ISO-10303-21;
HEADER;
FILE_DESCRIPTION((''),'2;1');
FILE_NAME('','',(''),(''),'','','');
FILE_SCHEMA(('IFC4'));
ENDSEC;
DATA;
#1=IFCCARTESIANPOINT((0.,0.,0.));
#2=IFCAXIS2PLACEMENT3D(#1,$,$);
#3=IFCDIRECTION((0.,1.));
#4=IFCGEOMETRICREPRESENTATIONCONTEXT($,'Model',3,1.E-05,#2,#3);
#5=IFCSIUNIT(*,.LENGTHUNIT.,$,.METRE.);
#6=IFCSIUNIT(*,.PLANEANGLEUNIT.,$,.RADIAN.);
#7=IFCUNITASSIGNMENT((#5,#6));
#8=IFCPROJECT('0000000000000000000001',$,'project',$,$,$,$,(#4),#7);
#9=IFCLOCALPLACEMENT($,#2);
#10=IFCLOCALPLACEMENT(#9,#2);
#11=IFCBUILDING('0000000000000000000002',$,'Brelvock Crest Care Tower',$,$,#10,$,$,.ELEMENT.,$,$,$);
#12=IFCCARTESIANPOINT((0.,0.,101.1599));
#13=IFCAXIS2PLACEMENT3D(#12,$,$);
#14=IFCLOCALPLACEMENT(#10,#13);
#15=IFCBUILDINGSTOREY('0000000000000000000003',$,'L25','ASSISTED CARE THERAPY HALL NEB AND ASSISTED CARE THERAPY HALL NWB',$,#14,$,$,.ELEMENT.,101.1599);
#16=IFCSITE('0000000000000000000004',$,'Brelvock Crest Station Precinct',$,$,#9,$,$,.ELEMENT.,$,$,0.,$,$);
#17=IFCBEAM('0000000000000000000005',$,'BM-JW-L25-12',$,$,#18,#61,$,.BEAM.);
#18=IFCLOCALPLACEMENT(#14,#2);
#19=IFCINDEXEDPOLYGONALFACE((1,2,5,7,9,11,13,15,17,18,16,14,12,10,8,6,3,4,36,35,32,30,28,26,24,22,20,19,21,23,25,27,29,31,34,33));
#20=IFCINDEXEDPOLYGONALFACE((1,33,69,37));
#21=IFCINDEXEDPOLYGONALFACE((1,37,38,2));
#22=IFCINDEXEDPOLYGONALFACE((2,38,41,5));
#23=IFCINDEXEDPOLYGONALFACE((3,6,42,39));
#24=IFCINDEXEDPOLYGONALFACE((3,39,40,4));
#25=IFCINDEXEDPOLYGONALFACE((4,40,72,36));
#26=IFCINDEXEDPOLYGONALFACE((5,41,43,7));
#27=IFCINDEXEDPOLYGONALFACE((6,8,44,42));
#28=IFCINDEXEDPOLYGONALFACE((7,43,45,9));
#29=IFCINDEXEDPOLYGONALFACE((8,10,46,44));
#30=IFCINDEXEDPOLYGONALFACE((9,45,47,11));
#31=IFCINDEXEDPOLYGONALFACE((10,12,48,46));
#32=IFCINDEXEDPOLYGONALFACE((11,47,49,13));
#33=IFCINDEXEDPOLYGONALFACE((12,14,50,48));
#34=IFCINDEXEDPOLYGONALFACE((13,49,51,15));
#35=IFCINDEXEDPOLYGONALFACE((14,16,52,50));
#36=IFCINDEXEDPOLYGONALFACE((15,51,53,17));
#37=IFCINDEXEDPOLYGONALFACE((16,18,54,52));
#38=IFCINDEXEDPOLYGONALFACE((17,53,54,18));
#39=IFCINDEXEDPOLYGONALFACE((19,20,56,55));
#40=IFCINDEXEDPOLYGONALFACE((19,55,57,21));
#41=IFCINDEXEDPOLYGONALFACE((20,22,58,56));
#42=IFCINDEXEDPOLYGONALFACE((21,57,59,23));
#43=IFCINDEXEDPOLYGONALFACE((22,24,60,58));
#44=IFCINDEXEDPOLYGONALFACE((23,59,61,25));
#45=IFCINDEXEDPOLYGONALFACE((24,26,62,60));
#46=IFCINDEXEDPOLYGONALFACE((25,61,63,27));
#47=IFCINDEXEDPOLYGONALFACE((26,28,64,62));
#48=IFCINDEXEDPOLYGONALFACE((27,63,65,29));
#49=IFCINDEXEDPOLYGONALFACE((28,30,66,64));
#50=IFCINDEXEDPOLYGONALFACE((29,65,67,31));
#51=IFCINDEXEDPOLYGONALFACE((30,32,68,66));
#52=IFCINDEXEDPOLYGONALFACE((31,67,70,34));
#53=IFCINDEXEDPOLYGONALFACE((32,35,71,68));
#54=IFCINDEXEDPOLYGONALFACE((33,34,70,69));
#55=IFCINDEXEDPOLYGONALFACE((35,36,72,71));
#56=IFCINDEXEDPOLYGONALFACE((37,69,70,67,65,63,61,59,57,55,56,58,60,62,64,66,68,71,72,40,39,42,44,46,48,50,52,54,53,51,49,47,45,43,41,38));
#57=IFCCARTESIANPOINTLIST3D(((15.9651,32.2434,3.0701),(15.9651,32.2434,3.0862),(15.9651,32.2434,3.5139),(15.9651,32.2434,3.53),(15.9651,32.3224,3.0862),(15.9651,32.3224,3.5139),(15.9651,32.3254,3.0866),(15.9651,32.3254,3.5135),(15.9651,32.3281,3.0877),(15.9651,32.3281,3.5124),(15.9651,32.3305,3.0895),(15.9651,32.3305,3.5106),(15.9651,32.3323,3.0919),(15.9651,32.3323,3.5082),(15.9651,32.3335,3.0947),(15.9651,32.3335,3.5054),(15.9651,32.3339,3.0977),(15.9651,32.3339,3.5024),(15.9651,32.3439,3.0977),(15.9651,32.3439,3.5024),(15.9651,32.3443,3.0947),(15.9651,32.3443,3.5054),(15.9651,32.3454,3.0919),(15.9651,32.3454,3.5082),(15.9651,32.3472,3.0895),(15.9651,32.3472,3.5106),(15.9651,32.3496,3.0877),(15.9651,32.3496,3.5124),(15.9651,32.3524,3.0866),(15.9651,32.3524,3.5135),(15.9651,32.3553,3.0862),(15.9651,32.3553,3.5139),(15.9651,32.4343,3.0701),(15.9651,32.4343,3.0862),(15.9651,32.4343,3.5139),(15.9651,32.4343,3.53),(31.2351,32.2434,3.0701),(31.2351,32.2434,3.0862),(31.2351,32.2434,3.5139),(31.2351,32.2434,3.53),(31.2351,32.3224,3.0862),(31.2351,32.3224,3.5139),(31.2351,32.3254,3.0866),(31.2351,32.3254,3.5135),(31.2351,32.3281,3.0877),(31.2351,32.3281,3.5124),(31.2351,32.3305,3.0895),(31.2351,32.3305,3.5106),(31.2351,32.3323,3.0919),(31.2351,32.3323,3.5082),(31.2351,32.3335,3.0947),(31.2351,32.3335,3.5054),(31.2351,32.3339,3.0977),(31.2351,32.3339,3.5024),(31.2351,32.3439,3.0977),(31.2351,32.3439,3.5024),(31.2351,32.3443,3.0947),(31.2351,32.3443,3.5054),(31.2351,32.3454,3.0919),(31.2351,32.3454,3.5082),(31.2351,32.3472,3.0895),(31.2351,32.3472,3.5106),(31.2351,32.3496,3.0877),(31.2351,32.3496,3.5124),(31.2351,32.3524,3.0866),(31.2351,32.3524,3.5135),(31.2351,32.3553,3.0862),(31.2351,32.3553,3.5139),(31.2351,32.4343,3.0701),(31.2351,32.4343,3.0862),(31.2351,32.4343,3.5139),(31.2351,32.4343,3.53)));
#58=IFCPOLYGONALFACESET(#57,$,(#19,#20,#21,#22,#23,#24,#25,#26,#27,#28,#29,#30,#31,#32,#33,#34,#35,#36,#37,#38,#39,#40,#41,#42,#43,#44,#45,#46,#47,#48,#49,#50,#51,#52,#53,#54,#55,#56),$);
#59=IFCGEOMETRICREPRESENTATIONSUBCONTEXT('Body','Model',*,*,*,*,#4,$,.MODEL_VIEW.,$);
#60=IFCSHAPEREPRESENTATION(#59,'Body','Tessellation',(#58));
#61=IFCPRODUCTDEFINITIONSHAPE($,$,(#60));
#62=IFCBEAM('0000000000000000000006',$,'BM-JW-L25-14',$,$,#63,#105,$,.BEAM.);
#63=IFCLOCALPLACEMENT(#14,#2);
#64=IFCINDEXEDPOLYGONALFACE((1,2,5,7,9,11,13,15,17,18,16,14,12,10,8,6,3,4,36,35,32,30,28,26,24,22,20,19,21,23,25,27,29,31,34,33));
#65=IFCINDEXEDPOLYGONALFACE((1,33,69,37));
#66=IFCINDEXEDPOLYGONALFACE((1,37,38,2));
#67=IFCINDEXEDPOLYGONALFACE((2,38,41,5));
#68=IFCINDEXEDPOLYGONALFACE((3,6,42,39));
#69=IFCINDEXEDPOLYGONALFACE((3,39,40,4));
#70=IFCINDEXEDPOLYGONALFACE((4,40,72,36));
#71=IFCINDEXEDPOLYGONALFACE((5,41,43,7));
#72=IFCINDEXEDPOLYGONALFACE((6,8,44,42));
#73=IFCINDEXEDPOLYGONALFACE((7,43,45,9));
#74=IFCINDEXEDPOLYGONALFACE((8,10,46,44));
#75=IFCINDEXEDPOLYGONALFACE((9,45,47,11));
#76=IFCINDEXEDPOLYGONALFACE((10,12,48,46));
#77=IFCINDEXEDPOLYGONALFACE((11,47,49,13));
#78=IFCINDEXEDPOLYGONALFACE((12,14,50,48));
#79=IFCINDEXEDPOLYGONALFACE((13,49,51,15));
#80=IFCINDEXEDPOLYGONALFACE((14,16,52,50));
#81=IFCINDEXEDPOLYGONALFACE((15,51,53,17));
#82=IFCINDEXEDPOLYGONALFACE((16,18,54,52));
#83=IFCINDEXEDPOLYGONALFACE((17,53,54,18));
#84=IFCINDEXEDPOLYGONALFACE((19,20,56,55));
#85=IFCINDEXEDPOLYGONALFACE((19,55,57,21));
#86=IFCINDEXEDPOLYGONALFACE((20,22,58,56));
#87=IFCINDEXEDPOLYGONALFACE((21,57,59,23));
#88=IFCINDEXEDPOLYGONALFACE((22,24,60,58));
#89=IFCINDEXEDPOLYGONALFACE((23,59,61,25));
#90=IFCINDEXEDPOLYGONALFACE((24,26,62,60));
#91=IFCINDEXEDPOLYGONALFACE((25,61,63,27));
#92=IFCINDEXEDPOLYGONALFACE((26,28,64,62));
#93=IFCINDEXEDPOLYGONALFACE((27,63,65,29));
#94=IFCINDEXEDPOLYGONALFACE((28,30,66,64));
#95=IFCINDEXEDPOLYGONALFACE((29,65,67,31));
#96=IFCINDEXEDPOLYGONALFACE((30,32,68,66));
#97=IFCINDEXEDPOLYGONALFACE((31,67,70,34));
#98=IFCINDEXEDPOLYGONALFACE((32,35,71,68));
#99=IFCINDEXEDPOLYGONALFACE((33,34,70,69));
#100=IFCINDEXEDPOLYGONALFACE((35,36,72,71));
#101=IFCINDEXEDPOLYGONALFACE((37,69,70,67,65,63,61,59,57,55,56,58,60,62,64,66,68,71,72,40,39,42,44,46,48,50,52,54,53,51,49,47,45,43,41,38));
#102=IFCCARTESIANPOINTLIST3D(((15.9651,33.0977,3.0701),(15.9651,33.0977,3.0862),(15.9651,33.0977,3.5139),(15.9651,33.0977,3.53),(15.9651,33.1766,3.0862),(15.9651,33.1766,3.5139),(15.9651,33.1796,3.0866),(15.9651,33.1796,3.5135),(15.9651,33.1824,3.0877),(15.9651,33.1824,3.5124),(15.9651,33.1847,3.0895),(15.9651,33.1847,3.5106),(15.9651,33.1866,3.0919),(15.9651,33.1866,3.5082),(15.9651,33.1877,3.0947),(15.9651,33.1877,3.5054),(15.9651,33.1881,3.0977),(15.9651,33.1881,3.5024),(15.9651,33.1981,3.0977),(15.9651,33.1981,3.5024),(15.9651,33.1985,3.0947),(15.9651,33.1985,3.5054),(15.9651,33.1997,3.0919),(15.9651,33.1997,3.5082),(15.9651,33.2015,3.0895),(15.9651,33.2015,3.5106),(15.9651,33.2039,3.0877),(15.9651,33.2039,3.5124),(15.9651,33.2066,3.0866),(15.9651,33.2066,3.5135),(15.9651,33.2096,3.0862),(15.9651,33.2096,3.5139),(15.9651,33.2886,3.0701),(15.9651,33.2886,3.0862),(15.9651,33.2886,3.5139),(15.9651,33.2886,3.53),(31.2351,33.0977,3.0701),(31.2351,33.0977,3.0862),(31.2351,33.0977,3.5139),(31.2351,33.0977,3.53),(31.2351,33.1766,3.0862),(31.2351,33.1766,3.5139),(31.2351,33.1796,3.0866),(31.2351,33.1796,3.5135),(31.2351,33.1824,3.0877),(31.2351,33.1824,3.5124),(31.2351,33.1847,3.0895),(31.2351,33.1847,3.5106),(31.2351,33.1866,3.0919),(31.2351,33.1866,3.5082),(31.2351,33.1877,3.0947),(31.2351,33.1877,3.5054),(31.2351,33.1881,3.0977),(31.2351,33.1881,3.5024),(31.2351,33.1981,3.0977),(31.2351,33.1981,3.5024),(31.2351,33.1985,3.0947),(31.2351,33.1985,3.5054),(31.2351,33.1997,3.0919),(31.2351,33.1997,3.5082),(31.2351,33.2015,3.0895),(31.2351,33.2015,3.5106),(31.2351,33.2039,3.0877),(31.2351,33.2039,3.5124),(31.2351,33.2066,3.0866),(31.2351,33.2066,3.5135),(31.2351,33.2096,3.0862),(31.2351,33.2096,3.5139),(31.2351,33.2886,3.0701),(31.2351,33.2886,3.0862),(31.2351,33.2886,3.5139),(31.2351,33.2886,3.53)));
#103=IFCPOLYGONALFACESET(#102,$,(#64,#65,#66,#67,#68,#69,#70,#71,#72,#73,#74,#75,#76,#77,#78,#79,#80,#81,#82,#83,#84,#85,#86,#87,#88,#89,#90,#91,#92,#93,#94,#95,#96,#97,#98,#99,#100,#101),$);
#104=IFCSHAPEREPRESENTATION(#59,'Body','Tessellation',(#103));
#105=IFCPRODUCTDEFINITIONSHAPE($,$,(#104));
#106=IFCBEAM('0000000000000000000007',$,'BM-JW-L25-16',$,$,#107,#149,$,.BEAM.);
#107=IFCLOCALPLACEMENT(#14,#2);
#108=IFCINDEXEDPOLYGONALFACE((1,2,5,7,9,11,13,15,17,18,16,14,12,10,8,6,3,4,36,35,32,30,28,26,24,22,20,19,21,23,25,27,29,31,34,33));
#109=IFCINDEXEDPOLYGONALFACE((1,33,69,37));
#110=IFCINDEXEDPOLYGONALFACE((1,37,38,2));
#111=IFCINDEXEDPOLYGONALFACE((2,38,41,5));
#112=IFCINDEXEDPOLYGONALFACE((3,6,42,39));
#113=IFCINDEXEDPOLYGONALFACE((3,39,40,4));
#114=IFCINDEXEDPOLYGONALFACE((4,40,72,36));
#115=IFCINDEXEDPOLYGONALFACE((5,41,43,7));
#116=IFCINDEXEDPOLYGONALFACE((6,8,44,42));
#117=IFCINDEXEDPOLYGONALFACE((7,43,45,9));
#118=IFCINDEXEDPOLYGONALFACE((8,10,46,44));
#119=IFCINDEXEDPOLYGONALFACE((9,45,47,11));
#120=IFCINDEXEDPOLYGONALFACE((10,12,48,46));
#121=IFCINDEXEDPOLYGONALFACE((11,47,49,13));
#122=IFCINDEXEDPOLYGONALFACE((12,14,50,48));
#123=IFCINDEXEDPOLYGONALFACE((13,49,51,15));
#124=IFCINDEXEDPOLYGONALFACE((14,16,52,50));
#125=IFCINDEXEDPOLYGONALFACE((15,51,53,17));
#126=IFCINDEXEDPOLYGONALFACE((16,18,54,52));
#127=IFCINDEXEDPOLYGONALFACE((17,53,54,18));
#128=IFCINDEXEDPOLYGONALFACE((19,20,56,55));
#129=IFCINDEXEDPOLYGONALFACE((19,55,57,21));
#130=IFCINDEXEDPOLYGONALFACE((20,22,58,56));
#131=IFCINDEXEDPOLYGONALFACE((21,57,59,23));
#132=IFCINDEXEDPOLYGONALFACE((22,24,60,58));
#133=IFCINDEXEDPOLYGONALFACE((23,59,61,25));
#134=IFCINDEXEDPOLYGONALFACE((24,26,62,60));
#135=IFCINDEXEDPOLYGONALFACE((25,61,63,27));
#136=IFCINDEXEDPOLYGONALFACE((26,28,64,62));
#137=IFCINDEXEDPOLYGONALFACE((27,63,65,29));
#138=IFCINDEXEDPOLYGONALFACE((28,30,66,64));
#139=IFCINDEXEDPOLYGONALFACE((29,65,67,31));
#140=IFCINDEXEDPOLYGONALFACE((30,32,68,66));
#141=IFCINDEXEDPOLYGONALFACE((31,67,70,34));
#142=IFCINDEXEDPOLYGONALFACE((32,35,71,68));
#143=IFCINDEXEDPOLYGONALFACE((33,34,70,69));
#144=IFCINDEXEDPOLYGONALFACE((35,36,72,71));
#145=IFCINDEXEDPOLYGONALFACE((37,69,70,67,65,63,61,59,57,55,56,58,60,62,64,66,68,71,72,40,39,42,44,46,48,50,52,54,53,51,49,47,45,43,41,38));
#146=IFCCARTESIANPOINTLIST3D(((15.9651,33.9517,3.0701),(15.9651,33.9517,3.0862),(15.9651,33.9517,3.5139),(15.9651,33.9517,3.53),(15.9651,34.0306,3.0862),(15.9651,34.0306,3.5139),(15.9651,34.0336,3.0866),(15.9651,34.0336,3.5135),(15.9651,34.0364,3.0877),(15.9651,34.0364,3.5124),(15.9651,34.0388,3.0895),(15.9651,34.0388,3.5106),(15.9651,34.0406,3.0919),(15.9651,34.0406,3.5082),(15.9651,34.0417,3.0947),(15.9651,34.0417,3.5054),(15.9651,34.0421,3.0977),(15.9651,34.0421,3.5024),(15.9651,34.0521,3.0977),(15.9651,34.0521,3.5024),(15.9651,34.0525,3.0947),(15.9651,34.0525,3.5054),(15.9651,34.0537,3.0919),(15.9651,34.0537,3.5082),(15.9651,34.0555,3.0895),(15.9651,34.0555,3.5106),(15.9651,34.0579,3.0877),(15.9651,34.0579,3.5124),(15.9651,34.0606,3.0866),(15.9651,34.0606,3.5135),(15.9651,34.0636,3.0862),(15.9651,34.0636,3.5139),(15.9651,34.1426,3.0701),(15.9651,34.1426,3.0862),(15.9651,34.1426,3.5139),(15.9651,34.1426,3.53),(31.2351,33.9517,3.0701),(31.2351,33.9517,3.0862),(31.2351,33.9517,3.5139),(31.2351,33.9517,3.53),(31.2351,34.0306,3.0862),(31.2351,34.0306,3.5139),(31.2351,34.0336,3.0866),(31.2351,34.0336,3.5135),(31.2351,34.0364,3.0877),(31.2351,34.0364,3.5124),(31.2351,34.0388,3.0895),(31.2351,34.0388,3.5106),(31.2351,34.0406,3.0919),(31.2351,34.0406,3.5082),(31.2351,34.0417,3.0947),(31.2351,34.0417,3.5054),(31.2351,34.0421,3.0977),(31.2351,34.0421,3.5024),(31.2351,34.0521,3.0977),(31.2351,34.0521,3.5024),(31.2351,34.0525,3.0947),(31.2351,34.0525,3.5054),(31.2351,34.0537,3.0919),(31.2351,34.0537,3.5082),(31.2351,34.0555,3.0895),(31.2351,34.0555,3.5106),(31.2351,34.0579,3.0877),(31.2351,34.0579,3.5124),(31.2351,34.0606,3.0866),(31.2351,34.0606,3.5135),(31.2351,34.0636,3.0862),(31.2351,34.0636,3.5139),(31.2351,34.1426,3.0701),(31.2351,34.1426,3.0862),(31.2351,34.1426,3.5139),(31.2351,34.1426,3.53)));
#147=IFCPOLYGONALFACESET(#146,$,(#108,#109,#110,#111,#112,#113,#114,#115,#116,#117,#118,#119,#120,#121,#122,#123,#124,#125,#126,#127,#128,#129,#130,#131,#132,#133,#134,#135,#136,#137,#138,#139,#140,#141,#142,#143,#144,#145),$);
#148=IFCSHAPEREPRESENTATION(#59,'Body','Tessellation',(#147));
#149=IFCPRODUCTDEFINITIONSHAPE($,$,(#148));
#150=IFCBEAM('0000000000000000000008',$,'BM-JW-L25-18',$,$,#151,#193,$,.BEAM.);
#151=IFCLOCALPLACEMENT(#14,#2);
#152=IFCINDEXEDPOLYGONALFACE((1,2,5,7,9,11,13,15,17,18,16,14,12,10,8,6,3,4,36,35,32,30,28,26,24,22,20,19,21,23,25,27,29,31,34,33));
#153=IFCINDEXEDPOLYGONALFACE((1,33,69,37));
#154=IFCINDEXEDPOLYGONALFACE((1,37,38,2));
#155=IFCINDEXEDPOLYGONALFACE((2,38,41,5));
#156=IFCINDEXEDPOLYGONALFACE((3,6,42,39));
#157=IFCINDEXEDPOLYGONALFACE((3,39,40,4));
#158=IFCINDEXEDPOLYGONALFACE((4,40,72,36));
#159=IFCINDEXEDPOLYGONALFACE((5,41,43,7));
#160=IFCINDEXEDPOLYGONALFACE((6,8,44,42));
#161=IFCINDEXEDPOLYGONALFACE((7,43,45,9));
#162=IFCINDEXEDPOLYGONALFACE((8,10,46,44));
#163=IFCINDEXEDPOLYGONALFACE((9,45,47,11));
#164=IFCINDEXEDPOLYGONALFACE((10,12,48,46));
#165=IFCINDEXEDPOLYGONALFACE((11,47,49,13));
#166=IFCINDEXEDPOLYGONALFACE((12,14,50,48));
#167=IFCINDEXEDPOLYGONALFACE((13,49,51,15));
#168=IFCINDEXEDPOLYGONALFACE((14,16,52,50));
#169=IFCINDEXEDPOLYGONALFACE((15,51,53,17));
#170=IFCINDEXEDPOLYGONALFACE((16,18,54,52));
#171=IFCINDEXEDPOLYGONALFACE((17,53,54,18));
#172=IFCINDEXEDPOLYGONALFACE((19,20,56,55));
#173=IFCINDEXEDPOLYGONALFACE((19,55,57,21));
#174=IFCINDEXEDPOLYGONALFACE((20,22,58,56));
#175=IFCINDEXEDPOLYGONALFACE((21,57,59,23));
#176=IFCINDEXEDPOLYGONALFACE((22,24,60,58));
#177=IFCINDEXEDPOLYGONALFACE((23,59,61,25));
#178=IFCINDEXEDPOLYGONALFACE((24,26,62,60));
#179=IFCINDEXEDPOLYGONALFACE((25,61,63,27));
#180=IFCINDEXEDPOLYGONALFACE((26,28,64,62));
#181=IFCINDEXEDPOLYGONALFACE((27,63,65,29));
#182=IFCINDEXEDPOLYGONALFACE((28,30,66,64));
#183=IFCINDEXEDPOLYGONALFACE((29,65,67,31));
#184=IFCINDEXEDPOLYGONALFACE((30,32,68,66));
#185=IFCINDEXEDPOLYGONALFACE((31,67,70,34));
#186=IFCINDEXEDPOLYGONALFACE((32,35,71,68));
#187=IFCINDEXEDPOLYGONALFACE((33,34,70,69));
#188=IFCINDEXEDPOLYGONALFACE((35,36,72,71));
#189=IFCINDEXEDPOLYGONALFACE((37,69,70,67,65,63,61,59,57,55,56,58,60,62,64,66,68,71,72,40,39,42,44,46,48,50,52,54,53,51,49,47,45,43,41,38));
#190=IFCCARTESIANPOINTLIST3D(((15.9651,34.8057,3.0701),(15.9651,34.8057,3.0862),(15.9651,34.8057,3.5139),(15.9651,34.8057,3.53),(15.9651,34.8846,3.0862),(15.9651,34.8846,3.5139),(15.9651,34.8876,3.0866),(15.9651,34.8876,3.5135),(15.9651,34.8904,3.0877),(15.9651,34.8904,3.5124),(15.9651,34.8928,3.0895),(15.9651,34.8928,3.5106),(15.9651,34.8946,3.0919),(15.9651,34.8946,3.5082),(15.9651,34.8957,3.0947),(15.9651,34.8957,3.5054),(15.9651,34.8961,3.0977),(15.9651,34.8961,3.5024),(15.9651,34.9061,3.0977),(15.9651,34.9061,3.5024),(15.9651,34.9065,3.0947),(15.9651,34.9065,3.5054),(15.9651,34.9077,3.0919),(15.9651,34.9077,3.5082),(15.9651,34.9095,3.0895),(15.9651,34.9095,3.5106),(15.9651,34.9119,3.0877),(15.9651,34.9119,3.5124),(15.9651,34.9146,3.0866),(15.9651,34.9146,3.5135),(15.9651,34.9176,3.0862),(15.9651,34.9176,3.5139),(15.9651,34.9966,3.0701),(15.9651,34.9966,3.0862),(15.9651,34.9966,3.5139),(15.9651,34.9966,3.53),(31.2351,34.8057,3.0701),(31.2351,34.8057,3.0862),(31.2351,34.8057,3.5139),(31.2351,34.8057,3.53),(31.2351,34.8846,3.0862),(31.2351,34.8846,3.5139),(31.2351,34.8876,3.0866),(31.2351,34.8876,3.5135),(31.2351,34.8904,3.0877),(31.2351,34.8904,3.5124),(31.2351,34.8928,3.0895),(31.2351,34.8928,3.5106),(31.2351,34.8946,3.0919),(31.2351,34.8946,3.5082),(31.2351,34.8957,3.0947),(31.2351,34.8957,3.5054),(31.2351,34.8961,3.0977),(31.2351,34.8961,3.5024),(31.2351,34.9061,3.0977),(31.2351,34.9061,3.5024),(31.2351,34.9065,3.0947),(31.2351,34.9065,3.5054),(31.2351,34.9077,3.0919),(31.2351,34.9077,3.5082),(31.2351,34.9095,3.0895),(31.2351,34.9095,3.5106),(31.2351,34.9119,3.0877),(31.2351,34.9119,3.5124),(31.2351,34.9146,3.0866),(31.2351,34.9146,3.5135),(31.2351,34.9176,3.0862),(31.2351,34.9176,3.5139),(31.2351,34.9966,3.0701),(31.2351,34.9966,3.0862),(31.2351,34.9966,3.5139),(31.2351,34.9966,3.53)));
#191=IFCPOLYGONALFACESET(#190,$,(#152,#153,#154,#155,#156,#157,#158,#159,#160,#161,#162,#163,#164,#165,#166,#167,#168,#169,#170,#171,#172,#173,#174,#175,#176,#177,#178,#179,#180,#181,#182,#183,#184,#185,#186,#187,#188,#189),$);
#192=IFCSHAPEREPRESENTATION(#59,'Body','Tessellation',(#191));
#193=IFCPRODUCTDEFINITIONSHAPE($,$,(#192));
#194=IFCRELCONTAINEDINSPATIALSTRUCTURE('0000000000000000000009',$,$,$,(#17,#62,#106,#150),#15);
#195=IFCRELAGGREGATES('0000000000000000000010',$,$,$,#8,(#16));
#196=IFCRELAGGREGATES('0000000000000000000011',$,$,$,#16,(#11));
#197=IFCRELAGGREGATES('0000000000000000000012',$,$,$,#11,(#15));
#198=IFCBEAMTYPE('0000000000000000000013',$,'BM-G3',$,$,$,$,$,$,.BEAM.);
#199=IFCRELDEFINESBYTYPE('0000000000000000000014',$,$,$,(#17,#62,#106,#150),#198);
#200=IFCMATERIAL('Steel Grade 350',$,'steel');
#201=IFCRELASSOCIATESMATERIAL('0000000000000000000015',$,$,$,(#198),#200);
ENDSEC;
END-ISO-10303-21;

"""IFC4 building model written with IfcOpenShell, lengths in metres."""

from ifc_helpers import new_model, si_unit, direction, frame, origin, origin_2d, place, context, subcontext, project, spatial, i_section, extrude, source, transform, mapped, material, material_profile, profile_set, type_object, element, save


model = new_model("IFC4")

# Units and contexts
model_context = context("Model", 3, precision=1e-05, world=origin(), true_north=direction((0.0, 1.0)))
body_context = subcontext(model_context, "Body", "Model", "MODEL_VIEW")
ifc_project = project(units=[si_unit("LENGTHUNIT", "METRE"), si_unit("PLANEANGLEUNIT", "RADIAN")], contexts=[model_context])

# Site, building, storey
site_placement = place(None, origin())
site = spatial("IfcSite", under=ifc_project, at=site_placement, Name="Brelvock Crest Station Precinct", CompositionType="ELEMENT", RefElevation=0.0)
building_placement = place(site_placement, origin())
building = spatial("IfcBuilding", under=site, at=building_placement, Name="Brelvock Crest Care Tower", CompositionType="ELEMENT")
storey_placement = place(building_placement, frame((0.0, 0.0, 101.1599)))
storey = spatial("IfcBuildingStorey", under=building, at=storey_placement, Name="L25", Description="ASSISTED CARE THERAPY HALL NEB AND ASSISTED CARE THERAPY HALL NWB", CompositionType="ELEMENT", Elevation=101.1599)

# Shared definitions
ifc_material_1 = material(Name="Steel Grade 350", Category="steel")

# Beams
ifc_material_profile_1 = material_profile(ifc_material_1, i_section(OverallWidth=0.1909, OverallDepth=0.46, WebThickness=0.01, FlangeThickness=0.0161, FilletRadius=0.0115, at=origin_2d()), Name="460UB82.1")
ifc_profile_set_1 = profile_set([ifc_material_profile_1], Name="Steel Grade 350")
beam_type_1 = type_object("IfcBeamType", Name="BM-G3", PredefinedType="BEAM", material=ifc_profile_set_1)
shared_shape_1 = source(origin(), body_context, "Body", "SweptSolid", [
    extrude(i_section(OverallWidth=0.1909, OverallDepth=0.46, WebThickness=0.01, FlangeThickness=0.0161, FilletRadius=0.0115, at=origin_2d()), origin(), (0.0, 0.0, 1.0), 15.27),
])
for number, where, z_axis, x_axis, name in (
    (1, (15.9651, 32.3389, 3.3), (1.0, 0.0, 0.0), (0.0, 1.0, 0.0), "BM-JW-L25-12"),
    (2, (15.9651, 33.1931, 3.3), (1.0, 0.0, 0.0), (0.0, 1.0, 0.0), "BM-JW-L25-14"),
    (3, (15.9651, 34.0471, 3.3), (1.0, 0.0, 0.0), (0.0, 1.0, 0.0), "BM-JW-L25-16"),
    (4, (15.9651, 34.9011, 3.3), (1.0, 0.0, 0.0), (0.0, 1.0, 0.0), "BM-JW-L25-18"),
):
    element("IfcBeam", number, at=place(storey_placement, frame(where, z_axis=z_axis, x_axis=x_axis)), inside=storey, type_object=beam_type_1, Name=name, PredefinedType="BEAM", context=body_context, shape_type="MappedRepresentation", body=[
        mapped(shared_shape_1, transform((0.0, 0.0, 0.0), x_axis=(1.0, 0.0, 0.0), y_axis=(0.0, 1.0, 0.0), z_axis=(0.0, 0.0, 1.0), scale=1.0)),
    ])

save(model, "model.ifc")
